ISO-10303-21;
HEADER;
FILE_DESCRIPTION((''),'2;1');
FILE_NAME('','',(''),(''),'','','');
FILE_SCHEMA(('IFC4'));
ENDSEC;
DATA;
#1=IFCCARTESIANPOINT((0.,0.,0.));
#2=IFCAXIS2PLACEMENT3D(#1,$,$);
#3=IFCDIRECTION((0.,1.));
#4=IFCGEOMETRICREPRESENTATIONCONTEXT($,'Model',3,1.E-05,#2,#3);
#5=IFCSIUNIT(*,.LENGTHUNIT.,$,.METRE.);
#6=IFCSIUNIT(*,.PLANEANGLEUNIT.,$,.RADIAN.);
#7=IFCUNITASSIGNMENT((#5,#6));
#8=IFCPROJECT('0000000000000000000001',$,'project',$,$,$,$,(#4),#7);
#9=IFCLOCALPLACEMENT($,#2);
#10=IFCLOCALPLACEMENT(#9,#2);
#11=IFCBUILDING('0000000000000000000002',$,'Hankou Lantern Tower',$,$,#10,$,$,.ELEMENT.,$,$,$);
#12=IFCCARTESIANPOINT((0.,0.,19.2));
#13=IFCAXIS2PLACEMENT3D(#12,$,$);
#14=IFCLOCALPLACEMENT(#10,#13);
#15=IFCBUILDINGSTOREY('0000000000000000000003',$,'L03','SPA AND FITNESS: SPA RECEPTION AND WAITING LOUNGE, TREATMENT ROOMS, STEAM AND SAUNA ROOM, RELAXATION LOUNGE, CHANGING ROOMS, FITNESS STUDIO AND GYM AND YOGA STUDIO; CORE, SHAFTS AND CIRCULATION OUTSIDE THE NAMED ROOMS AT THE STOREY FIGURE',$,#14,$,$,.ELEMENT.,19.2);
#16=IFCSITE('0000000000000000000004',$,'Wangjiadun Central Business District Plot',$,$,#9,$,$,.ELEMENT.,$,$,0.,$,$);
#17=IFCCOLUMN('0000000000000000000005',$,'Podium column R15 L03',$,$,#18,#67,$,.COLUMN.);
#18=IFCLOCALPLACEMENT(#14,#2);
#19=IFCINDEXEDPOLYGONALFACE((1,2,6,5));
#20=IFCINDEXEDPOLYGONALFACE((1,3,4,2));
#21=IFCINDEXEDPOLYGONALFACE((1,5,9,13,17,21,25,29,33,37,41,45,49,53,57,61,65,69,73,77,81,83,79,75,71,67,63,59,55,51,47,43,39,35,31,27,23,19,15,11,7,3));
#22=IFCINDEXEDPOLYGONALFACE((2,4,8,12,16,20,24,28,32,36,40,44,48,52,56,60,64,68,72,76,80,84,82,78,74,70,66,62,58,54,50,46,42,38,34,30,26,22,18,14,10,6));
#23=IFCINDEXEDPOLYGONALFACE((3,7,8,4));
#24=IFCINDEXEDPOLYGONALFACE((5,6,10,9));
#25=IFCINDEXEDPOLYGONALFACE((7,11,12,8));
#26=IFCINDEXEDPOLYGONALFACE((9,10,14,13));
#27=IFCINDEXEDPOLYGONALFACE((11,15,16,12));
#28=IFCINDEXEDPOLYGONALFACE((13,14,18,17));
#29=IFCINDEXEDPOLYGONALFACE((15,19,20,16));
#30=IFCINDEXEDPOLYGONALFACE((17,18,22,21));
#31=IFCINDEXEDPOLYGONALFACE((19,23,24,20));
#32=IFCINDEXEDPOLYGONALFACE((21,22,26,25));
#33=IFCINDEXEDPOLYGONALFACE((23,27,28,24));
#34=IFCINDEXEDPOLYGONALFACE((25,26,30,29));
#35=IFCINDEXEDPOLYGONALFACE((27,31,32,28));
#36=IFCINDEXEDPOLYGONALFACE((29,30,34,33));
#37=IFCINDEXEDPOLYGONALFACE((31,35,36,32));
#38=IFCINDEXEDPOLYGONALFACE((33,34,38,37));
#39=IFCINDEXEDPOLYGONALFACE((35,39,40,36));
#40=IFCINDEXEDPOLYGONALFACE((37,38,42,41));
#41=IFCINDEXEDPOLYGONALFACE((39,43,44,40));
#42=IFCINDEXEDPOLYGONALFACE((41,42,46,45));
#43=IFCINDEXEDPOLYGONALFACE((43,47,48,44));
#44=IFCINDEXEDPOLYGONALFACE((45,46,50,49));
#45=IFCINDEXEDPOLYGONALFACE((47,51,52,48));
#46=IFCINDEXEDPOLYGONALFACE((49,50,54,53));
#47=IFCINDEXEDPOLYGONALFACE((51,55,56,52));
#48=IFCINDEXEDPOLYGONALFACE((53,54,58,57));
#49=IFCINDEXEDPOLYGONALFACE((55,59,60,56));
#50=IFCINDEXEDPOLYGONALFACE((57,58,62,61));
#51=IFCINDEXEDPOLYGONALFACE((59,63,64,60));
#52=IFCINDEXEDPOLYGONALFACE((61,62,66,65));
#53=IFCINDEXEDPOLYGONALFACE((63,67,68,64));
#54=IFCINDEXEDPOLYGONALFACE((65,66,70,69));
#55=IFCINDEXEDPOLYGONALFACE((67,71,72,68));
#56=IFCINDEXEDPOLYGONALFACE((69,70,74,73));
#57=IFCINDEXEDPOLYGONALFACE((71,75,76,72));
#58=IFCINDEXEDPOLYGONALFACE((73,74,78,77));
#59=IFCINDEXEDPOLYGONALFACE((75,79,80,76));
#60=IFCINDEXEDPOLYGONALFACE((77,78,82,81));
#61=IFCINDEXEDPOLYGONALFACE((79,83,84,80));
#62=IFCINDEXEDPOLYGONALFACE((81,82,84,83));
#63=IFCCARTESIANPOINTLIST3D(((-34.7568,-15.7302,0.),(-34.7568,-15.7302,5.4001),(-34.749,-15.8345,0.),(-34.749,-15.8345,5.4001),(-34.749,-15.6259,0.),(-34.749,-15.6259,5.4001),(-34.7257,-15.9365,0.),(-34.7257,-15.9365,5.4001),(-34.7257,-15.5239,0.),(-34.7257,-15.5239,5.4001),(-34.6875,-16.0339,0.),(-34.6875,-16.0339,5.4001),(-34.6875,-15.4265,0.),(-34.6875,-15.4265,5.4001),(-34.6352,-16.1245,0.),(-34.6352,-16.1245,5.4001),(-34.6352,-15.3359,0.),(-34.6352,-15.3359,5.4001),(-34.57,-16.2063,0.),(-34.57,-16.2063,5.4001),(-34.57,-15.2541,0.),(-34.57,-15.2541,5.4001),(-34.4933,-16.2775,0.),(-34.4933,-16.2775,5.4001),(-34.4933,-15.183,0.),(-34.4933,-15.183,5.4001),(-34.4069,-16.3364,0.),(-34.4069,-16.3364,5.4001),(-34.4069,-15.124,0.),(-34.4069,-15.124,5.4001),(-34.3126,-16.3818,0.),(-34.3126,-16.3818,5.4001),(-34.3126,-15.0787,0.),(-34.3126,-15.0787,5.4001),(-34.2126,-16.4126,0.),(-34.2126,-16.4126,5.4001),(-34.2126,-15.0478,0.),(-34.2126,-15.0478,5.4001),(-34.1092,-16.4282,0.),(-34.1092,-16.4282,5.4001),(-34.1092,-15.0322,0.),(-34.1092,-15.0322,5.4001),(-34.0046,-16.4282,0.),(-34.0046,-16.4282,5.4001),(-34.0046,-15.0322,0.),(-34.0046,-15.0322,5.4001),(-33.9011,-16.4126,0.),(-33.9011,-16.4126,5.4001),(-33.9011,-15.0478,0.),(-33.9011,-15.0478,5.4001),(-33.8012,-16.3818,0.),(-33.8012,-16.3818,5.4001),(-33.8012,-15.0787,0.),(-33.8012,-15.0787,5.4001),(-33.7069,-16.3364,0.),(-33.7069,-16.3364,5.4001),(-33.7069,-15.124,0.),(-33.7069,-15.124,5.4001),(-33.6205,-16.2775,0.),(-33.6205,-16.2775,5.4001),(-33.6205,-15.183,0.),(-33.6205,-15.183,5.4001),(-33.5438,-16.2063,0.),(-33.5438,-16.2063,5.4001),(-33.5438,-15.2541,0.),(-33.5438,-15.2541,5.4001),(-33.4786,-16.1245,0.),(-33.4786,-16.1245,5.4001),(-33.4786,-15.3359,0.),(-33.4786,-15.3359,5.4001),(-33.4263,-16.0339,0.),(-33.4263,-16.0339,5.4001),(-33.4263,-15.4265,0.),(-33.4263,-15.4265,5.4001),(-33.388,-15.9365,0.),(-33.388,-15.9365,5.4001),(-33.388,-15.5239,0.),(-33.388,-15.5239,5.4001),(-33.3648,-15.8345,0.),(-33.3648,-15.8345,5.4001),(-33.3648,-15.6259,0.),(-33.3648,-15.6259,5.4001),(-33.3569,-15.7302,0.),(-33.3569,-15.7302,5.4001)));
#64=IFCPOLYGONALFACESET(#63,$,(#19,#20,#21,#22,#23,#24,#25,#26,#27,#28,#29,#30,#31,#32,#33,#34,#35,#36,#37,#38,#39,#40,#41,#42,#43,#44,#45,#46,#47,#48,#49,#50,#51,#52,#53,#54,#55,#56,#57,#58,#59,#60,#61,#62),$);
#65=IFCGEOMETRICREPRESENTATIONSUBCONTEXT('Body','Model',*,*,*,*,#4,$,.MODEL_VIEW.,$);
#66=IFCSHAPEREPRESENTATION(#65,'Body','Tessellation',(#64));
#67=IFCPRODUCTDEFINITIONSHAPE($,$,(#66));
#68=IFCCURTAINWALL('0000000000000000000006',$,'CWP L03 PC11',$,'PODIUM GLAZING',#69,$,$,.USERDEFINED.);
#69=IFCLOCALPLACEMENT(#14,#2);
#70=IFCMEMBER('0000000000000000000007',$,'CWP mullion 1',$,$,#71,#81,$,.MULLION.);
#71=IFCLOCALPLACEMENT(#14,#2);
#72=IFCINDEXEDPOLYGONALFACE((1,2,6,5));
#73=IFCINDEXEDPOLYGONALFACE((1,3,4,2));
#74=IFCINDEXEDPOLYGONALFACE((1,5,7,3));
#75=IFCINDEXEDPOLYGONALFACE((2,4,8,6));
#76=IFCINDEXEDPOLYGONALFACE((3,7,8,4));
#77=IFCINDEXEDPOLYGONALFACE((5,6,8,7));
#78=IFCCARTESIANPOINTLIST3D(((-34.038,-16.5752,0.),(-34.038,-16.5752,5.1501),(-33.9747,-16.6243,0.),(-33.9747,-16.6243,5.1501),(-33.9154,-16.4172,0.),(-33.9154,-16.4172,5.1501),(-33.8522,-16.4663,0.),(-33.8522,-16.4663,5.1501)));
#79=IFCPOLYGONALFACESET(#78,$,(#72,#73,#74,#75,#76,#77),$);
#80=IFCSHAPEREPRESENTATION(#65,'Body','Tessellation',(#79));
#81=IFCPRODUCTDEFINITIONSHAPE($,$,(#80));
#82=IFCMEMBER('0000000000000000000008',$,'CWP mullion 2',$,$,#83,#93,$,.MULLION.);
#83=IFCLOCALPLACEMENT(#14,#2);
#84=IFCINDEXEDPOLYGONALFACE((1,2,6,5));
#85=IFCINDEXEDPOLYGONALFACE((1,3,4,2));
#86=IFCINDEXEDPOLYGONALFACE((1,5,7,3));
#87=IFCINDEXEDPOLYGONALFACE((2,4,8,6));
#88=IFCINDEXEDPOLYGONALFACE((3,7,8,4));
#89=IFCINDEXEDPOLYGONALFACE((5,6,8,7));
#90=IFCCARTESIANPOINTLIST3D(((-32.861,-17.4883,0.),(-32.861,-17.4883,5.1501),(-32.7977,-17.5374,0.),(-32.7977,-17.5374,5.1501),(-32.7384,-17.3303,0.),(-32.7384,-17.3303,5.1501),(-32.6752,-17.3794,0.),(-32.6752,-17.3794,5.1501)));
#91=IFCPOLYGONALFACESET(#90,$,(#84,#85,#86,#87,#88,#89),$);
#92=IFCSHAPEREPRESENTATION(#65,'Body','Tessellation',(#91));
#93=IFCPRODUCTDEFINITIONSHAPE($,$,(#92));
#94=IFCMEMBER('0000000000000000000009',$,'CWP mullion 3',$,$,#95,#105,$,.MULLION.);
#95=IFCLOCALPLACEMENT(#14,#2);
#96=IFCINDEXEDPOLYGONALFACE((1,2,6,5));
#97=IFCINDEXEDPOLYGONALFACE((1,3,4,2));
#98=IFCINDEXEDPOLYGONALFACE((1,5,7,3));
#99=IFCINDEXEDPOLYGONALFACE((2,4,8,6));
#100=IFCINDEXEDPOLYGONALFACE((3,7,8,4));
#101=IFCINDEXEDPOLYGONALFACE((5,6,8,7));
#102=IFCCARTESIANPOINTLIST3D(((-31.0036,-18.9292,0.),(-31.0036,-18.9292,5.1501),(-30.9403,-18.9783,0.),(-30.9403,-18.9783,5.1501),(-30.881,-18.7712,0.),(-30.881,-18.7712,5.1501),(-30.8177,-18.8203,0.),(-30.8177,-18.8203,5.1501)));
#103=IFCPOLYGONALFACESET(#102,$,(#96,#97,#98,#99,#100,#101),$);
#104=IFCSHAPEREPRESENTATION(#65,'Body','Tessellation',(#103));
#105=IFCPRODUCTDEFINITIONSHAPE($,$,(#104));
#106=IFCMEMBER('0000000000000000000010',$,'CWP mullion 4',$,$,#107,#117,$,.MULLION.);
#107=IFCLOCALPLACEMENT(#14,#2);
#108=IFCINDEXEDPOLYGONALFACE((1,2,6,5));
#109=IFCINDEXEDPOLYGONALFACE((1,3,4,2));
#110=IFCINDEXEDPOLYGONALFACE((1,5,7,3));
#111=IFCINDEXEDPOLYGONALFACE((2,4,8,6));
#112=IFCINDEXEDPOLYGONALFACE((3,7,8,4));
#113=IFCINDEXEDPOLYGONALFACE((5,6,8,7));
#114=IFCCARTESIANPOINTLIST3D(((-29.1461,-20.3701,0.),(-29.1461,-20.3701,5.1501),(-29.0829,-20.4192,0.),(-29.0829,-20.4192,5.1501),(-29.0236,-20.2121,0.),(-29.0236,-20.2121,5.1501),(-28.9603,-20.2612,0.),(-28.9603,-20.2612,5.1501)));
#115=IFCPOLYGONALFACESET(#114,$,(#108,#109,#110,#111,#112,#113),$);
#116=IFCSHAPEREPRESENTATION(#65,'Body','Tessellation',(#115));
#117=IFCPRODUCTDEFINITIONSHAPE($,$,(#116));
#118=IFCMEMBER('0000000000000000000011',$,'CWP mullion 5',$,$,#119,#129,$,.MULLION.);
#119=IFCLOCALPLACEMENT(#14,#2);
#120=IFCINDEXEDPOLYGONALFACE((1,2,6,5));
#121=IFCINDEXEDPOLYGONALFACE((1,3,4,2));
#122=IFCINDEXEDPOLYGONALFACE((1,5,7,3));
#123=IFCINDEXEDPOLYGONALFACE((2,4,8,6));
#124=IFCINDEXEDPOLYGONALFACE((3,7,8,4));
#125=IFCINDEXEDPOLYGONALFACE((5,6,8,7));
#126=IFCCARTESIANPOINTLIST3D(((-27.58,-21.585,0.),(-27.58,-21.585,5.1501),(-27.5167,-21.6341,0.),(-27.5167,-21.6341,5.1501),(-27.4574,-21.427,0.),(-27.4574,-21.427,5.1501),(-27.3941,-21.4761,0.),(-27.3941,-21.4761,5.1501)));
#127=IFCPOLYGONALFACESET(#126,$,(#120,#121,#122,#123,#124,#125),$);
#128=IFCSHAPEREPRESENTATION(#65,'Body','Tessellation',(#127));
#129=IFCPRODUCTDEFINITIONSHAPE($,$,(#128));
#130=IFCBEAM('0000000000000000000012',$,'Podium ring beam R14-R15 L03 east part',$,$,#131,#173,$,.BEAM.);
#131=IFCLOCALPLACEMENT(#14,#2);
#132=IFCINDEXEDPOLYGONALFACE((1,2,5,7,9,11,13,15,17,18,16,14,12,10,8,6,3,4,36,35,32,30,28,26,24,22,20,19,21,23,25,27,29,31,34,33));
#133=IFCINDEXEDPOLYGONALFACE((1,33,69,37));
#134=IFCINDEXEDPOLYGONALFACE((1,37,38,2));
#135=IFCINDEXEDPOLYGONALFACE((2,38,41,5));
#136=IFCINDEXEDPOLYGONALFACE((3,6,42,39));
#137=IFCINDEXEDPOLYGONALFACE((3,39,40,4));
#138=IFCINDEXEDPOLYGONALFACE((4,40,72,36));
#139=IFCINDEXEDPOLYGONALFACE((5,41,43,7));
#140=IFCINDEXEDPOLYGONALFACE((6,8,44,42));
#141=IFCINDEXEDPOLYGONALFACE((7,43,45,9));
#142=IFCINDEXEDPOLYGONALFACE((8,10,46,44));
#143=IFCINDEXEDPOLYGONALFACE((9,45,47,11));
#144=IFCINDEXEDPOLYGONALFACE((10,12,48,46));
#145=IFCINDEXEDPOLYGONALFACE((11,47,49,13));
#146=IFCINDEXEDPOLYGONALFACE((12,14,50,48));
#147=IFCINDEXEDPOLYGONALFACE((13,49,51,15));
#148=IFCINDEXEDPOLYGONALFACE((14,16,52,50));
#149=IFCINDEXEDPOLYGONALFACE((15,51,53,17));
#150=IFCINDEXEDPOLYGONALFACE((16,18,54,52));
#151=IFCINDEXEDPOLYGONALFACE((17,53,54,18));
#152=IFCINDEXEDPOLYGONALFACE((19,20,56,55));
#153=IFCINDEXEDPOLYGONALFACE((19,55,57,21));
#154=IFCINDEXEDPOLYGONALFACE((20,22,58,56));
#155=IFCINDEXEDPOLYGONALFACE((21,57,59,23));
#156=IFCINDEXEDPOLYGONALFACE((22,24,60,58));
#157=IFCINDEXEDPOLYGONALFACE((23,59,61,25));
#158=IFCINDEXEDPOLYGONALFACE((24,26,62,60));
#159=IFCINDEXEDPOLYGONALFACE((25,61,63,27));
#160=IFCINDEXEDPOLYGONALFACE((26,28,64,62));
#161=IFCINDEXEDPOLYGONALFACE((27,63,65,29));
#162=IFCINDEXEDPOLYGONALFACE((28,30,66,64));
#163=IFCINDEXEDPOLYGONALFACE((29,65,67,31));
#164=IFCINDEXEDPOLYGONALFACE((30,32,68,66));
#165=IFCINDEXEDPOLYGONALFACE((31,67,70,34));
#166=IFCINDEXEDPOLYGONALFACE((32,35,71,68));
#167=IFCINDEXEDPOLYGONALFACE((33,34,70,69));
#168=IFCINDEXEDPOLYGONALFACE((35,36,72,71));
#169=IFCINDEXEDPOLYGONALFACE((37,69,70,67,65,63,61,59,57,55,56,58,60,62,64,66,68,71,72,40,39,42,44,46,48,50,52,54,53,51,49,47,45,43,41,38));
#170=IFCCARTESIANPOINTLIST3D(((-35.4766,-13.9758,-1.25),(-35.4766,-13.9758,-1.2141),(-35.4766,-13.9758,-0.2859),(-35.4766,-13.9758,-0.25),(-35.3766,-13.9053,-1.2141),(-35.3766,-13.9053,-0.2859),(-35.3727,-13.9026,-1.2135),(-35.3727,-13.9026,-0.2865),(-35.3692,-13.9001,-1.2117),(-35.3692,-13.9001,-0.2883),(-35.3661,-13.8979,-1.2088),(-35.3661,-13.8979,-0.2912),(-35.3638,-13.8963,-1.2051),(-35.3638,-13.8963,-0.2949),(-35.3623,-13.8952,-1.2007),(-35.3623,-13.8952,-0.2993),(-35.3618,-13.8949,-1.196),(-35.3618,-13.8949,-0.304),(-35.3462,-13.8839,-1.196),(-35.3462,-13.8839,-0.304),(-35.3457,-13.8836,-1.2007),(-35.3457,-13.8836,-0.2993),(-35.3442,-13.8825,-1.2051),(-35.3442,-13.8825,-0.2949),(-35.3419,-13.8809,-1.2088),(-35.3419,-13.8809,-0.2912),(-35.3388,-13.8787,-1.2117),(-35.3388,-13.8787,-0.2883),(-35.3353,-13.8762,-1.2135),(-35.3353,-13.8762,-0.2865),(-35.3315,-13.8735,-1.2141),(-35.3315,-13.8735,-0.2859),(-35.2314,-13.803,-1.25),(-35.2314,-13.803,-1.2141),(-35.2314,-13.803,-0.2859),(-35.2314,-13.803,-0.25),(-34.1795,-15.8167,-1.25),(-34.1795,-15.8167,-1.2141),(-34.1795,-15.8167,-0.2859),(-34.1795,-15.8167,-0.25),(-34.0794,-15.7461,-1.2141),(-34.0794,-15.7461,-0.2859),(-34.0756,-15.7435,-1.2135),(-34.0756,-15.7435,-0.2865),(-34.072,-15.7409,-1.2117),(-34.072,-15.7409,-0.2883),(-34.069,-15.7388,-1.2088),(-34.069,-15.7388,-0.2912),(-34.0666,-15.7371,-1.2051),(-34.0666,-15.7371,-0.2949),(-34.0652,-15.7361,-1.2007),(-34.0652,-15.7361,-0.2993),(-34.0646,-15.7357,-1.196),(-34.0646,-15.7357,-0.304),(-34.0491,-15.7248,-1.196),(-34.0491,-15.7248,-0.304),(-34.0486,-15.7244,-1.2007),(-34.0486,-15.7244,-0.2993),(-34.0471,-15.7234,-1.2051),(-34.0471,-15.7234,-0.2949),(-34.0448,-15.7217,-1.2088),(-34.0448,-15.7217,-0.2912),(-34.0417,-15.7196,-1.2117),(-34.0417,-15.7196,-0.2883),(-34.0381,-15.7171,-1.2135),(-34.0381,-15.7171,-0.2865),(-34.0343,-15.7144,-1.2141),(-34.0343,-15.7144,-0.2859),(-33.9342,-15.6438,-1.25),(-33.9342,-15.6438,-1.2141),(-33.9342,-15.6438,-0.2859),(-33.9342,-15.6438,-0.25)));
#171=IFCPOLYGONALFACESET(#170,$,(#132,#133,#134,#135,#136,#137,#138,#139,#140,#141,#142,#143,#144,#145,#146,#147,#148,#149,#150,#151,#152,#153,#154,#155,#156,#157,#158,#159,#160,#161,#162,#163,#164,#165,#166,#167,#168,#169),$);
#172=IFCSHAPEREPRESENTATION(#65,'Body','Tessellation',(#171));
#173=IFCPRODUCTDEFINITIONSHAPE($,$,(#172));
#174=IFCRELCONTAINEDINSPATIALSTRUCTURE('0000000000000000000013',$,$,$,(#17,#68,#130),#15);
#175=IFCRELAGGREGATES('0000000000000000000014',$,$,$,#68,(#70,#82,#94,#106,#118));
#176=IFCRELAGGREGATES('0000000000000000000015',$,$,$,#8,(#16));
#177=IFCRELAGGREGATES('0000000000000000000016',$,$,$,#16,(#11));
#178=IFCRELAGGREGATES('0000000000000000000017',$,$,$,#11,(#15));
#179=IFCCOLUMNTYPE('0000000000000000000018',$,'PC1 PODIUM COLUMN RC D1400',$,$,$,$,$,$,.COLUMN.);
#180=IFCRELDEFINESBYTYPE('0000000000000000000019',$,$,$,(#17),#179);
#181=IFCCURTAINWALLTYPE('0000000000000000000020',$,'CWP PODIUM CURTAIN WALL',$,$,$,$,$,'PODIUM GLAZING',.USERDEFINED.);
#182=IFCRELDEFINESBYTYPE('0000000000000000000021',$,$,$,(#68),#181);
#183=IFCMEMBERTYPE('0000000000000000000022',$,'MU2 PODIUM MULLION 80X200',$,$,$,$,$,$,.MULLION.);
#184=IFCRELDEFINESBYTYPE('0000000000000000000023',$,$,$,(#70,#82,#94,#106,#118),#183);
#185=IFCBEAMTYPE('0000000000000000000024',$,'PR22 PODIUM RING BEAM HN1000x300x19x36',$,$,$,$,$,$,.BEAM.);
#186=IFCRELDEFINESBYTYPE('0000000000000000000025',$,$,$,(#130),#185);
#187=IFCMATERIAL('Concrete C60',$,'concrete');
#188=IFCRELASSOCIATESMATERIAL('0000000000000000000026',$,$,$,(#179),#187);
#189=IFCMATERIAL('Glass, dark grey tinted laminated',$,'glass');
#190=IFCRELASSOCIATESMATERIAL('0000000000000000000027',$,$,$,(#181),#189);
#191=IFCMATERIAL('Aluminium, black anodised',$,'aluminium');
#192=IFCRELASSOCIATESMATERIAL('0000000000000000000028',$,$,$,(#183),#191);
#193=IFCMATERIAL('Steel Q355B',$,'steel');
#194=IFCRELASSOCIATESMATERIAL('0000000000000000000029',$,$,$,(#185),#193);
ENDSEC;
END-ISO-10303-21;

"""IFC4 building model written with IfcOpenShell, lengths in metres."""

from ifc_helpers import new_model, si_unit, direction, frame, origin, origin_2d, place, context, subcontext, project, spatial, rectangle, circle, i_section, extrude, material, material_profile, profile_set, type_object, element, aggregate, save


model = new_model("IFC4")

# Units and contexts
model_context = context("Model", 3, precision=1e-05, world=origin(), true_north=direction((0.0, 1.0)))
body_context = subcontext(model_context, "Body", "Model", "MODEL_VIEW")
ifc_project = project(units=[si_unit("LENGTHUNIT", "METRE"), si_unit("PLANEANGLEUNIT", "RADIAN")], contexts=[model_context])

# Site, building, storey
site_placement = place(None, origin())
site = spatial("IfcSite", under=ifc_project, at=site_placement, Name="Wangjiadun Central Business District Plot", CompositionType="ELEMENT", RefElevation=0.0)
building_placement = place(site_placement, origin())
building = spatial("IfcBuilding", under=site, at=building_placement, Name="Hankou Lantern Tower", CompositionType="ELEMENT")
storey_placement = place(building_placement, frame((0.0, 0.0, 19.2)))
storey = spatial("IfcBuildingStorey", under=building, at=storey_placement, Name="L03", Description="SPA AND FITNESS: SPA RECEPTION AND WAITING LOUNGE, TREATMENT ROOMS, STEAM AND SAUNA ROOM, RELAXATION LOUNGE, CHANGING ROOMS, FITNESS STUDIO AND GYM AND YOGA STUDIO; CORE, SHAFTS AND CIRCULATION OUTSIDE THE NAMED ROOMS AT THE STOREY FIGURE", CompositionType="ELEMENT", Elevation=19.2)

# Column
ifc_material_1 = material(Name="Concrete C60", Category="concrete")
ifc_material_profile_1 = material_profile(ifc_material_1, circle(Radius=0.7, at=origin_2d()), Name="RC D1400")
ifc_profile_set_1 = profile_set([ifc_material_profile_1], Name="Concrete C60")
column_type = type_object("IfcColumnType", Name="PC1 PODIUM COLUMN RC D1400", PredefinedType="COLUMN", material=ifc_profile_set_1)
column_placement = place(storey_placement, frame((-34.0569, -15.7302, 0.0), z_axis=(0.0, 0.0, 1.0), x_axis=(1.0, 0.0, 0.0)))
element("IfcColumn", 1, at=column_placement, inside=storey, type_object=column_type, Name="Podium column R15 L03", PredefinedType="COLUMN", context=body_context, shape_type="SweptSolid", body=[
    extrude(circle(Radius=0.7, at=origin_2d()), origin(), (0.0, 0.0, 1.0), 5.4001),
])

# Curtain wall, members
ifc_material_2 = material(Name="Glass, dark grey tinted laminated", Category="glass")
curtain_wall_type = type_object("IfcCurtainWallType", Name="CWP PODIUM CURTAIN WALL", ElementType="PODIUM GLAZING", PredefinedType="USERDEFINED", material=ifc_material_2)
curtain_wall_placement = place(storey_placement, origin())
curtain_wall = element("IfcCurtainWall", 2, at=curtain_wall_placement, inside=storey, type_object=curtain_wall_type, Name="CWP L03 PC11", ObjectType="PODIUM GLAZING", PredefinedType="USERDEFINED")
ifc_material_3 = material(Name="Aluminium, black anodised", Category="aluminium")
ifc_material_profile_2 = material_profile(ifc_material_3, rectangle(XDim=0.0801, YDim=0.2, at=origin_2d()), Name="MU2 80X200")
ifc_profile_set_2 = profile_set([ifc_material_profile_2], Name="Aluminium, black anodised")
member_type_1 = type_object("IfcMemberType", Name="MU2 PODIUM MULLION 80X200", PredefinedType="MULLION", material=ifc_profile_set_2)
member_1_placement = place(storey_placement, frame((-33.9451, -16.5208, 0.0), z_axis=(0.0, 0.0, 1.0), x_axis=(0.79013, -0.61294, 0.0)))
member_1 = element("IfcMember", 3, at=member_1_placement, type_object=member_type_1, Name="CWP mullion 1", PredefinedType="MULLION", context=body_context, shape_type="SweptSolid", body=[
    extrude(rectangle(XDim=0.0801, YDim=0.2, at=origin_2d()), origin(), (0.0, 0.0, 1.0), 5.1501),
])
member_2_placement = place(storey_placement, frame((-32.7681, -17.4338, 0.0), z_axis=(0.0, 0.0, 1.0), x_axis=(0.79013, -0.61294, 0.0)))
member_2 = element("IfcMember", 4, at=member_2_placement, type_object=member_type_1, Name="CWP mullion 2", PredefinedType="MULLION", context=body_context, shape_type="SweptSolid", body=[
    extrude(rectangle(XDim=0.0801, YDim=0.2, at=origin_2d()), origin(), (0.0, 0.0, 1.0), 5.1501),
])
member_3_placement = place(storey_placement, frame((-30.9106, -18.8748, 0.0), z_axis=(0.0, 0.0, 1.0), x_axis=(0.79013, -0.61294, 0.0)))
member_3 = element("IfcMember", 5, at=member_3_placement, type_object=member_type_1, Name="CWP mullion 3", PredefinedType="MULLION", context=body_context, shape_type="SweptSolid", body=[
    extrude(rectangle(XDim=0.0801, YDim=0.2, at=origin_2d()), origin(), (0.0, 0.0, 1.0), 5.1501),
])
member_4_placement = place(storey_placement, frame((-29.0532, -20.3157, 0.0), z_axis=(0.0, 0.0, 1.0), x_axis=(0.79013, -0.61294, 0.0)))
member_4 = element("IfcMember", 6, at=member_4_placement, type_object=member_type_1, Name="CWP mullion 4", PredefinedType="MULLION", context=body_context, shape_type="SweptSolid", body=[
    extrude(rectangle(XDim=0.0801, YDim=0.2, at=origin_2d()), origin(), (0.0, 0.0, 1.0), 5.1501),
])
member_5_placement = place(storey_placement, frame((-27.4871, -21.5305, 0.0), z_axis=(0.0, 0.0, 1.0), x_axis=(0.79013, -0.61294, 0.0)))
member_5 = element("IfcMember", 7, at=member_5_placement, type_object=member_type_1, Name="CWP mullion 5", PredefinedType="MULLION", context=body_context, shape_type="SweptSolid", body=[
    extrude(rectangle(XDim=0.0801, YDim=0.2, at=origin_2d()), origin(), (0.0, 0.0, 1.0), 5.1501),
])

# Beam
ifc_material_4 = material(Name="Steel Q355B", Category="steel")
ifc_material_profile_3 = material_profile(ifc_material_4, i_section(OverallWidth=0.3, OverallDepth=1.0, WebThickness=0.019, FlangeThickness=0.0359, FilletRadius=0.0181, at=origin_2d()), Name="HN1000x300x19x36")
ifc_profile_set_3 = profile_set([ifc_material_profile_3], Name="Steel Q355B")
beam_type_1 = type_object("IfcBeamType", Name="PR22 PODIUM RING BEAM HN1000x300x19x36", PredefinedType="BEAM", material=ifc_profile_set_3)
beam_1_placement = place(storey_placement, frame((-35.354, -13.8894, -0.75), z_axis=(0.576006, -0.817445, 0.0), x_axis=(0.817445, 0.576006, 0.0)))
element("IfcBeam", 8, at=beam_1_placement, inside=storey, type_object=beam_type_1, Name="Podium ring beam R14-R15 L03 east part", PredefinedType="BEAM", context=body_context, shape_type="SweptSolid", body=[
    extrude(i_section(OverallWidth=0.3, OverallDepth=1.0, WebThickness=0.019, FlangeThickness=0.0359, FilletRadius=0.0181, at=origin_2d()), origin(), (0.0, 0.0, 1.0), 2.252),
])

aggregate(curtain_wall, [member_1, member_2, member_3, member_4, member_5])

save(model, "model.ifc")
